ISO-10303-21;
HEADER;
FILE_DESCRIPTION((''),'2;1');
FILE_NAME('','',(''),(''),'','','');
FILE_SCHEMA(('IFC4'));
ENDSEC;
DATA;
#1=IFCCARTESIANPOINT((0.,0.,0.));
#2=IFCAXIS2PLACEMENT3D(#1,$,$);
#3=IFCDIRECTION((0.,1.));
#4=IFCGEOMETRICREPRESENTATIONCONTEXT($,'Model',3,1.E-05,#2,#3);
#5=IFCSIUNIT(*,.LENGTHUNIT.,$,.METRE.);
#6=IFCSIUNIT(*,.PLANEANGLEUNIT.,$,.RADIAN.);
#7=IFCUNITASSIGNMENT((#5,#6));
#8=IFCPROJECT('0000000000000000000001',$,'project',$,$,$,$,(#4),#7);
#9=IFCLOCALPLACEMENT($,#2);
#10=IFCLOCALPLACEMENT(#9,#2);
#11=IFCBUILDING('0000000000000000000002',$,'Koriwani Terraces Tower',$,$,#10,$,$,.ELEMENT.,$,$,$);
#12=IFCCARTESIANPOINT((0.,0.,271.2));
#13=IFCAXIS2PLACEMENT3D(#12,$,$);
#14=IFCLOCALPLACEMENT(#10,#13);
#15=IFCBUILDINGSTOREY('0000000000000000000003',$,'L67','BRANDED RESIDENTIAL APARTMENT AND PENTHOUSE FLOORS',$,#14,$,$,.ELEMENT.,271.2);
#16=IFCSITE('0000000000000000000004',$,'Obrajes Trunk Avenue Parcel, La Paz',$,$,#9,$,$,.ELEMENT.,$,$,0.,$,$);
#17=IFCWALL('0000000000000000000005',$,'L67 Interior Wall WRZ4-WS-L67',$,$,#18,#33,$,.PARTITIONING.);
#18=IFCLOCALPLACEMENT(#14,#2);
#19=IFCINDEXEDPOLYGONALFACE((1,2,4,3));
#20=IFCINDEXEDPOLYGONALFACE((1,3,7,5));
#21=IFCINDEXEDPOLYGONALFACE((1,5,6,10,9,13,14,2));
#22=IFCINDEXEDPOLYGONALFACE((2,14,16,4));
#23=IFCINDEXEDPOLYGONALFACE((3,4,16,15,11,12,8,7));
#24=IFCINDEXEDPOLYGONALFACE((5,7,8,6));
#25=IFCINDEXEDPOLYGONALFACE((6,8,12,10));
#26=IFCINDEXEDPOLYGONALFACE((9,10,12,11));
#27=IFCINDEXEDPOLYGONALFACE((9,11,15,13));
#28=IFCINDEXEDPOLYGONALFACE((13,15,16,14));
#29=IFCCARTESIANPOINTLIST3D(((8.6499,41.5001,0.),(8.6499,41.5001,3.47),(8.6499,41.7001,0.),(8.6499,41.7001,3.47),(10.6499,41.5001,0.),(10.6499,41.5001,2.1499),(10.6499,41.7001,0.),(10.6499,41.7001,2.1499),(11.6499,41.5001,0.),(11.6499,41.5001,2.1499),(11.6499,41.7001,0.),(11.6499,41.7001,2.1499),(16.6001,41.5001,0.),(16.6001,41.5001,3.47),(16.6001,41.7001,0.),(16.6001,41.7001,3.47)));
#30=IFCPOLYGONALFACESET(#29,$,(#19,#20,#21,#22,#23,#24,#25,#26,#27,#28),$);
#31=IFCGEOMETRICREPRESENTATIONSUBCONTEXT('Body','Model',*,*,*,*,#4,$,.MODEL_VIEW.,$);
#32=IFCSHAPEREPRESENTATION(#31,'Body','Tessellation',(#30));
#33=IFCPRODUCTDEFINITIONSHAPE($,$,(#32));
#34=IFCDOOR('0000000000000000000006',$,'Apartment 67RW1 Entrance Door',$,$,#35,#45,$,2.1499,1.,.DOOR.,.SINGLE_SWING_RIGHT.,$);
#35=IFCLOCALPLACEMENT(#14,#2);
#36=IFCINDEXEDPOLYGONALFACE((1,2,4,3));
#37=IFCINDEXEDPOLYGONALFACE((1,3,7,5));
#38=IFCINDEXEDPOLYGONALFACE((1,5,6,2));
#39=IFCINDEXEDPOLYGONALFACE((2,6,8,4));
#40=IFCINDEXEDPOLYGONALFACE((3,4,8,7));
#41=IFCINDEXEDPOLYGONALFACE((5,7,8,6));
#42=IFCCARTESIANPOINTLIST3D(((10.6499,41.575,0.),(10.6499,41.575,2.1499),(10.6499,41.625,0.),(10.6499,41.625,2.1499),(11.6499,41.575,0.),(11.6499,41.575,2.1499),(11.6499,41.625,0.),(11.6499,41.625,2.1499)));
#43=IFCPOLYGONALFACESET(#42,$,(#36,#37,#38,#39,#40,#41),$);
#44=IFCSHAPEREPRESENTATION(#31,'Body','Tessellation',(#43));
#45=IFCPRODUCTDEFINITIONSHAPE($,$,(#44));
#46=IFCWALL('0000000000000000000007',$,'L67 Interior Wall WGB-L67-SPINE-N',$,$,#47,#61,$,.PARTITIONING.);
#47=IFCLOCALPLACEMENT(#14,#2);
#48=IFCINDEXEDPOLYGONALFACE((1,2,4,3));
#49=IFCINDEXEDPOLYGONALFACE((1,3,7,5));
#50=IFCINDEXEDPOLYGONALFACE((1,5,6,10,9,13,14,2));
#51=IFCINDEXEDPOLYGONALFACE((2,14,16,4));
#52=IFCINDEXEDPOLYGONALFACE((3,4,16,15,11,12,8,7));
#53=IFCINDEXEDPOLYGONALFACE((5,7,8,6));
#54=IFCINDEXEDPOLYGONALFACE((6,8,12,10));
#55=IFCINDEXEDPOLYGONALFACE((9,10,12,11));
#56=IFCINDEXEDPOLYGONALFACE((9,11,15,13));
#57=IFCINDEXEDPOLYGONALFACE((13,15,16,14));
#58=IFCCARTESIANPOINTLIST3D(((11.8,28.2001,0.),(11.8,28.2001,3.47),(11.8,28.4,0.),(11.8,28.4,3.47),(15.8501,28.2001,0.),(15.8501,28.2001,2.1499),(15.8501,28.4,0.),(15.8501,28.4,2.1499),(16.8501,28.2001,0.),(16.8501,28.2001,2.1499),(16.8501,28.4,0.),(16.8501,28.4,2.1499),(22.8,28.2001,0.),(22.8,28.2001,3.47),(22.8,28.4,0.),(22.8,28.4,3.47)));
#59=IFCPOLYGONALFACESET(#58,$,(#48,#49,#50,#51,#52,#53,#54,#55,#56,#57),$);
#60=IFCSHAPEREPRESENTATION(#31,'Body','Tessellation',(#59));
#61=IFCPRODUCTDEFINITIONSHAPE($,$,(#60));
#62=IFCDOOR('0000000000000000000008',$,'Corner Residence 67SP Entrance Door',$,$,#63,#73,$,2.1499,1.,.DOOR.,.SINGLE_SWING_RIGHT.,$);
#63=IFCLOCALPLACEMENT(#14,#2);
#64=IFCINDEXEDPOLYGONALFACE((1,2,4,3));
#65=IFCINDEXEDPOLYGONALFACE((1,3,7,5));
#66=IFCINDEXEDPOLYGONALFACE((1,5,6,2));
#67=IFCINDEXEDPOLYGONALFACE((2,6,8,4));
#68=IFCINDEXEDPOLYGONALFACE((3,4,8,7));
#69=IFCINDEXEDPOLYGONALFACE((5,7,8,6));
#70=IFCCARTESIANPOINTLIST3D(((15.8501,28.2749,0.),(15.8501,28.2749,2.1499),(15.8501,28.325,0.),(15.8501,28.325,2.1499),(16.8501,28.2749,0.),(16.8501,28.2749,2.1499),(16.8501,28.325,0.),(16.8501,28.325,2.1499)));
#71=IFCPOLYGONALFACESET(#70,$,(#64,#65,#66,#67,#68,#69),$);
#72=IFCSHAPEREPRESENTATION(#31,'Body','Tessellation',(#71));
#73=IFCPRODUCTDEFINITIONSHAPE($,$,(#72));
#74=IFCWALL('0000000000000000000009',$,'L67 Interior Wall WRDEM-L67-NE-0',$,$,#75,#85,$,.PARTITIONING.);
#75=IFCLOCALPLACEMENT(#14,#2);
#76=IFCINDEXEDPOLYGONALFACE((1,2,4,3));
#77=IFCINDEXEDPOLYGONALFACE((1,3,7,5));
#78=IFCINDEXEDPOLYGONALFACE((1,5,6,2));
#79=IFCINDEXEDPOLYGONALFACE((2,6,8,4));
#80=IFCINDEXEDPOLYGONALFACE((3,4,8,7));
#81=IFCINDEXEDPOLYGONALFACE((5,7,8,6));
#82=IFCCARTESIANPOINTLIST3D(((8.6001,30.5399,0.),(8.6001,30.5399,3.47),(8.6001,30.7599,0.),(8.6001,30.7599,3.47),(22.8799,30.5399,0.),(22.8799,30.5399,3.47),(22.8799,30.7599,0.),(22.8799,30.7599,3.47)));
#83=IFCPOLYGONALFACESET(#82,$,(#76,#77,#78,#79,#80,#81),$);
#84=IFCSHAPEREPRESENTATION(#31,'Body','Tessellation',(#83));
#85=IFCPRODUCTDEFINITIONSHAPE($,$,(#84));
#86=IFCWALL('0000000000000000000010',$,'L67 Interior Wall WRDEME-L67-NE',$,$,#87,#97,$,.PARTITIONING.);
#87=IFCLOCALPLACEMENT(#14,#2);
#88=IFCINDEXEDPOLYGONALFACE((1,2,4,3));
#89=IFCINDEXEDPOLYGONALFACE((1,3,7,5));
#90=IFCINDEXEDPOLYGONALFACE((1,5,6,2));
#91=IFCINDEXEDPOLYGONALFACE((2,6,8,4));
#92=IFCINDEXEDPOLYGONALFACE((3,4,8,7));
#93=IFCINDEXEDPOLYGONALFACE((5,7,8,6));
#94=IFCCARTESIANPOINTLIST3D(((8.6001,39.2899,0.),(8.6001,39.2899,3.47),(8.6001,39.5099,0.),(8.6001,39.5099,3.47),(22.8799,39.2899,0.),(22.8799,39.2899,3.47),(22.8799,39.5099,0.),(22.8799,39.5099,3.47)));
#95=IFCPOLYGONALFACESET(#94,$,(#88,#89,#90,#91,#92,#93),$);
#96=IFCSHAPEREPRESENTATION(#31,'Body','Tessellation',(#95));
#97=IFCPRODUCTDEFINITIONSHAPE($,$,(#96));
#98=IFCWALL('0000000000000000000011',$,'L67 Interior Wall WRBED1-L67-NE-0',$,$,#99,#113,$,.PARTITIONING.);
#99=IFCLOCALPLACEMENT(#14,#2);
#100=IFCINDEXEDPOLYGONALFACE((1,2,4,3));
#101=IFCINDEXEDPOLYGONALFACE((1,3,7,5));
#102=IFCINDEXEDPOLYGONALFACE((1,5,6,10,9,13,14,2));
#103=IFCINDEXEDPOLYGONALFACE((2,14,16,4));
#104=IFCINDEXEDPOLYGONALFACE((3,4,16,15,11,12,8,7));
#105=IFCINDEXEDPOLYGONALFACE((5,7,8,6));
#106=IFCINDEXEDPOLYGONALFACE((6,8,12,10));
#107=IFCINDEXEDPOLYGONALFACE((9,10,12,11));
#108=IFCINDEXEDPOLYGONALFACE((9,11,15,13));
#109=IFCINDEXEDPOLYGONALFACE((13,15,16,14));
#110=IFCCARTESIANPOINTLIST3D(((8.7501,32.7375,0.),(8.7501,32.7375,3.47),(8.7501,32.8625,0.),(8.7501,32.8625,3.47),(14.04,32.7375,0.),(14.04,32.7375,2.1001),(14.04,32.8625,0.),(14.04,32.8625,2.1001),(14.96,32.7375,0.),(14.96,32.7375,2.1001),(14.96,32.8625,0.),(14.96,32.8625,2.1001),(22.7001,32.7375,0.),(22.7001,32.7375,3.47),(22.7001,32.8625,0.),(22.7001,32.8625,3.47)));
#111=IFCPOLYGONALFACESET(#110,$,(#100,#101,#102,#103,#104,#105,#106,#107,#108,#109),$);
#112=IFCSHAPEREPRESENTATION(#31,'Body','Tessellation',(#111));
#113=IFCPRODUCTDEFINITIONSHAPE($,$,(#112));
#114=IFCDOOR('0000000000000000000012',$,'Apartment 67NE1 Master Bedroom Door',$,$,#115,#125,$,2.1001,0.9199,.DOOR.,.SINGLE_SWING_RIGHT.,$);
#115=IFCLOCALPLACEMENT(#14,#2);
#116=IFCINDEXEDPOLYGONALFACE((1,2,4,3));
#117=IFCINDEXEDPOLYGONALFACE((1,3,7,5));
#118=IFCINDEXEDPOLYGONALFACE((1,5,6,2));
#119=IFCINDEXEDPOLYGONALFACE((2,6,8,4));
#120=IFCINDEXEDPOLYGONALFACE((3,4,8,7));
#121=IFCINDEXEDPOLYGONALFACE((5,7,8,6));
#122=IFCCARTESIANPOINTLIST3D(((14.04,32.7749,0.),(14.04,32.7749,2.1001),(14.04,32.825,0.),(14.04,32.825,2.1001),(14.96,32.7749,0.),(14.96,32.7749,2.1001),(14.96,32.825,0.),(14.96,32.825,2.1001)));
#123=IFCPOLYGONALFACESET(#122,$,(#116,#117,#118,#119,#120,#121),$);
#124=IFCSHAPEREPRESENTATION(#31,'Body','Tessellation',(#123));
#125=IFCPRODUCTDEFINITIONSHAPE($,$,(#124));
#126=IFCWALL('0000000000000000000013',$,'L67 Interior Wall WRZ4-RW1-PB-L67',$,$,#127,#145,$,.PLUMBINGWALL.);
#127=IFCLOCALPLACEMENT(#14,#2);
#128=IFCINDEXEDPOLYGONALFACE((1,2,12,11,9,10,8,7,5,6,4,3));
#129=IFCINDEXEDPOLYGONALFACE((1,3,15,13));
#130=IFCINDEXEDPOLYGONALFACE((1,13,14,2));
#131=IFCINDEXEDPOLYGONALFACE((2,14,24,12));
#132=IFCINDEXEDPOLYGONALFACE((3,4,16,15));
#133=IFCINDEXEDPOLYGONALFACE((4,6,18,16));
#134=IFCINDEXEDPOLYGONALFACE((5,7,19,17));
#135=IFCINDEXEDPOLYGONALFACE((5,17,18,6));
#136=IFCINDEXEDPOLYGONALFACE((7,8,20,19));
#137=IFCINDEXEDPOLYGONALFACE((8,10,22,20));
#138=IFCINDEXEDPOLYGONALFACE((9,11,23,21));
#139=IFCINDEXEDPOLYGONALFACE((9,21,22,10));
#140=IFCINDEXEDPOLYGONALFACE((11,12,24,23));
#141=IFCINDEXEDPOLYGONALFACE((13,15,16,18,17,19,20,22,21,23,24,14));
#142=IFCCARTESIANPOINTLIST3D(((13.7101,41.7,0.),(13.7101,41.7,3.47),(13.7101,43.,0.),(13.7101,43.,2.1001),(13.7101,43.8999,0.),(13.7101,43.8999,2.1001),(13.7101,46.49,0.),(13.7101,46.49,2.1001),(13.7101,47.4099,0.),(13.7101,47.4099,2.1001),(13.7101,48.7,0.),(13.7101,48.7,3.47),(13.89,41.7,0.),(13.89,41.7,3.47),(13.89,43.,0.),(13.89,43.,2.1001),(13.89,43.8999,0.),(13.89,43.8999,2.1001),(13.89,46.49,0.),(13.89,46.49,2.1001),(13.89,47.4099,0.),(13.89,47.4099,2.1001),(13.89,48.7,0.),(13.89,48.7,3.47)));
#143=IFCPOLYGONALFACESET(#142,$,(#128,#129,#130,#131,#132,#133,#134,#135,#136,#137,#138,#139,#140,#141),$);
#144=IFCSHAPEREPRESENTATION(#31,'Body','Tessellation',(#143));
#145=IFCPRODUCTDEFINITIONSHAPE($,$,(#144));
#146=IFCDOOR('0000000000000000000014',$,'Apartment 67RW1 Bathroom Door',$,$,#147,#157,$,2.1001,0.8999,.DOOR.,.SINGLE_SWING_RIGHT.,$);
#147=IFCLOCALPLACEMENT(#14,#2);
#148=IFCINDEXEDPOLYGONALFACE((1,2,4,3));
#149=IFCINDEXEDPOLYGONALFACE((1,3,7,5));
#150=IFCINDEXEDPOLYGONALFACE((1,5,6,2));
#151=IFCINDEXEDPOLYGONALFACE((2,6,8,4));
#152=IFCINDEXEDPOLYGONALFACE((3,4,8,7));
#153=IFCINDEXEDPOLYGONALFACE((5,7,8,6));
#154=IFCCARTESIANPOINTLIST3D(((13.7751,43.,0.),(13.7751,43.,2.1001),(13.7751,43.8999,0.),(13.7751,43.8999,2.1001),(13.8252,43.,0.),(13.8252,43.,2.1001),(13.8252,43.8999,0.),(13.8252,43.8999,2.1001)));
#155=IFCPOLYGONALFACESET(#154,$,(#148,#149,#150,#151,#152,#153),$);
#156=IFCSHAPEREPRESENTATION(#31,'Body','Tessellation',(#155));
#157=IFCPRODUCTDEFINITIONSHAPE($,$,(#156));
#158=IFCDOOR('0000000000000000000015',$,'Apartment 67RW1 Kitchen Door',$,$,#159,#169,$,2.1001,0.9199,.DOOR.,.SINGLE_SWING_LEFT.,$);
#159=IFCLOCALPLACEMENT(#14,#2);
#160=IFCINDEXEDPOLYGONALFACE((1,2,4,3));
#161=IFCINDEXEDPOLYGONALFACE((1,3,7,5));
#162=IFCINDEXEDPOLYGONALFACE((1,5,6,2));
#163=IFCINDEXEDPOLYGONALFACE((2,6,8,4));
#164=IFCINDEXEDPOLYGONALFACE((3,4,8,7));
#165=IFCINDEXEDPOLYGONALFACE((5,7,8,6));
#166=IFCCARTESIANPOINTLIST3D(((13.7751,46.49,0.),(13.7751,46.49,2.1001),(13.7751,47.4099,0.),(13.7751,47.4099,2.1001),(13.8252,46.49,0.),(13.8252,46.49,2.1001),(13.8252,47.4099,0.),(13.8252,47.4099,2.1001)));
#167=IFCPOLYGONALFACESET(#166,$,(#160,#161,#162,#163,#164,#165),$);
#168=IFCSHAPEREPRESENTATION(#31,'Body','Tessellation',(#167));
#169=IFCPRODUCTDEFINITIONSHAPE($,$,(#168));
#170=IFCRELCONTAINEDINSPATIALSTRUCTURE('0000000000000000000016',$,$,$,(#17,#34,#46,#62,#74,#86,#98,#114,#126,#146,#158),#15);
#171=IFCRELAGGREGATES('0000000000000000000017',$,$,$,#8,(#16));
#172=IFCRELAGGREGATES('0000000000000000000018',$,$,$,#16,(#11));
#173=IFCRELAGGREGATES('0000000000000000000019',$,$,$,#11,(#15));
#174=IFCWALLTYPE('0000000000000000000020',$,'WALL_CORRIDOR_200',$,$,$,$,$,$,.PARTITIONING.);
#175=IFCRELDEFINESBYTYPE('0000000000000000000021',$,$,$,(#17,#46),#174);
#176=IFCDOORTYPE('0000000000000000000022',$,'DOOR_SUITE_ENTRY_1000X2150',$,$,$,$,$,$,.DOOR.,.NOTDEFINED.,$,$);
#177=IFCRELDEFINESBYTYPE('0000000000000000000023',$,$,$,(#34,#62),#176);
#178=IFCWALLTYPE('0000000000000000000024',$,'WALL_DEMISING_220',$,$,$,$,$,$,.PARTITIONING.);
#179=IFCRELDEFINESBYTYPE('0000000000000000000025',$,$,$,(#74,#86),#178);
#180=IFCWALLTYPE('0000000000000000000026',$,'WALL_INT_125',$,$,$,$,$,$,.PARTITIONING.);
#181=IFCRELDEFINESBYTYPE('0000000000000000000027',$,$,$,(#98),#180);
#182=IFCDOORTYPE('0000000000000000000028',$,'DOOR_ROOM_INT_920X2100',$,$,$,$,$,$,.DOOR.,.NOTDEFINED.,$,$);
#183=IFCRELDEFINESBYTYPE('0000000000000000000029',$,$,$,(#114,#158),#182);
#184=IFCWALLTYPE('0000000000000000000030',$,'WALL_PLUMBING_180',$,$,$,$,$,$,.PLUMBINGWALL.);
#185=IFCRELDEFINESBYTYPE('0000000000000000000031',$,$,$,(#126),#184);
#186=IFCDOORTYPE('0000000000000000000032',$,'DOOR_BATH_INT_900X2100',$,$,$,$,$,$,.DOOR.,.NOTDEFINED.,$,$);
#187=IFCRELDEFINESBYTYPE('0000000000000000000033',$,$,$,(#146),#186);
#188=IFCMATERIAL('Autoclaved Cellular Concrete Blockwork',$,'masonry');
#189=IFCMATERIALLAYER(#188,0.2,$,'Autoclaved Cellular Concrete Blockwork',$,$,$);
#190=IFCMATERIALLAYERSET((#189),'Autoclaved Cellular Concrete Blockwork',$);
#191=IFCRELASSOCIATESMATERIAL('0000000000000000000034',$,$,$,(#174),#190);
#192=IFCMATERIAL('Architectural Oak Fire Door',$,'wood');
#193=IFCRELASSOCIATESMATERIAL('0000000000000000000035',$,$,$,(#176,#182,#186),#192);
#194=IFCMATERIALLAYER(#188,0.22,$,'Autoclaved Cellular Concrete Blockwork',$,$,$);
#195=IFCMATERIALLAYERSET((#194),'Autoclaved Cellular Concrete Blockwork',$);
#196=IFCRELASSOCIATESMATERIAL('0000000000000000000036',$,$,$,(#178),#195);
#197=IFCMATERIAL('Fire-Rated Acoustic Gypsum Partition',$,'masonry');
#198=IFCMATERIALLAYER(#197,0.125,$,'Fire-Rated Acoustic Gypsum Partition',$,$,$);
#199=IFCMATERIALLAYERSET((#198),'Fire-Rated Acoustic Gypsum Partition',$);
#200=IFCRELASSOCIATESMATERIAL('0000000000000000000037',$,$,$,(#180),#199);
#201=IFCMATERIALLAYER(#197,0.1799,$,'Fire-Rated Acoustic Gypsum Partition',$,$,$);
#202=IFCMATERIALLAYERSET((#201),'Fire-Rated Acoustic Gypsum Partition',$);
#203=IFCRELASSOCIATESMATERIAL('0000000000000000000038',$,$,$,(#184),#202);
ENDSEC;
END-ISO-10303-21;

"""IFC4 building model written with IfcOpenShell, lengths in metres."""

from ifc_helpers import new_model, si_unit, direction, frame, frame_2d, origin, place, context, subcontext, project, spatial, rectangle, extrude, material, layer, layer_set, type_object, element, fill, save


model = new_model("IFC4")

# Units and contexts
model_context = context("Model", 3, precision=1e-05, world=origin(), true_north=direction((0.0, 1.0)))
body_context = subcontext(model_context, "Body", "Model", "MODEL_VIEW")
ifc_project = project(units=[si_unit("LENGTHUNIT", "METRE"), si_unit("PLANEANGLEUNIT", "RADIAN")], contexts=[model_context])

# Site, building, storey
site_placement = place(None, origin())
site = spatial("IfcSite", under=ifc_project, at=site_placement, Name="Obrajes Trunk Avenue Parcel, La Paz", CompositionType="ELEMENT", RefElevation=0.0)
building_placement = place(site_placement, origin())
building = spatial("IfcBuilding", under=site, at=building_placement, Name="Koriwani Terraces Tower", CompositionType="ELEMENT")
storey_placement = place(building_placement, frame((0.0, 0.0, 271.2)))
storey = spatial("IfcBuildingStorey", under=building, at=storey_placement, Name="L67", Description="BRANDED RESIDENTIAL APARTMENT AND PENTHOUSE FLOORS", CompositionType="ELEMENT", Elevation=271.2)

# Walls, openings, doors
ifc_material_1 = material(Name="Autoclaved Cellular Concrete Blockwork", Category="masonry")
ifc_layer_1 = layer(ifc_material_1, 0.2, Name="Autoclaved Cellular Concrete Blockwork")
ifc_layer_set_1 = layer_set([ifc_layer_1], Name="Autoclaved Cellular Concrete Blockwork")
wall_type_1 = type_object("IfcWallType", Name="WALL_CORRIDOR_200", PredefinedType="PARTITIONING", material=ifc_layer_set_1)
wall_1_placement = place(storey_placement, frame((8.6499, 41.6001, 0.0), z_axis=(0.0, 0.0, 1.0), x_axis=(1.0, 0.0, 0.0)))
wall_1 = element("IfcWall", 1, at=wall_1_placement, inside=storey, type_object=wall_type_1, Name="L67 Interior Wall WRZ4-WS-L67", PredefinedType="PARTITIONING", context=body_context, shape_type="SweptSolid", body=[
    extrude(rectangle(XDim=7.9502, YDim=0.2, at=frame_2d((3.9751, 0.0))), origin(), (0.0, 0.0, 1.0), 3.47),
])
opening_1_placement = place(wall_1_placement, frame((2.0, 0.0, 0.0)))
opening_1 = element("IfcOpeningElement", 2, at=opening_1_placement, cuts=wall_1, PredefinedType="OPENING", context=body_context, shape_type="SweptSolid", body=[
    extrude(rectangle(XDim=1.0, YDim=2.1499, at=frame_2d((0.5, 1.075))), frame((0.0, 0.1099, 0.0), z_axis=(0.0, -1.0, 0.0), x_axis=(1.0, 0.0, 0.0)), (0.0, 0.0, 1.0), 0.22),
])
ifc_material_2 = material(Name="Architectural Oak Fire Door", Category="wood")
door_type_1 = type_object("IfcDoorType", Name="DOOR_SUITE_ENTRY_1000X2150", OperationType="NOTDEFINED", PredefinedType="DOOR", material=ifc_material_2)
door_1_placement = place(opening_1_placement, origin())
door_1 = element("IfcDoor", 3, at=door_1_placement, inside=storey, type_object=door_type_1, Name="Apartment 67RW1 Entrance Door", OperationType="SINGLE_SWING_RIGHT", OverallHeight=2.1499, OverallWidth=1.0, PredefinedType="DOOR", context=body_context, shape_type="SweptSolid", body=[
    extrude(rectangle(XDim=1.0, YDim=2.1499, at=frame_2d((0.5, 1.075))), frame((0.0, 0.0249, 0.0), z_axis=(0.0, -1.0, 0.0), x_axis=(1.0, 0.0, 0.0)), (0.0, 0.0, 1.0), 0.05),
])
fill(opening_1, door_1)
wall_2_placement = place(storey_placement, frame((11.8, 28.3, 0.0), z_axis=(0.0, 0.0, 1.0), x_axis=(1.0, 0.0, 0.0)))
wall_2 = element("IfcWall", 4, at=wall_2_placement, inside=storey, type_object=wall_type_1, Name="L67 Interior Wall WGB-L67-SPINE-N", PredefinedType="PARTITIONING", context=body_context, shape_type="SweptSolid", body=[
    extrude(rectangle(XDim=11.0, YDim=0.2, at=frame_2d((5.5, 0.0))), origin(), (0.0, 0.0, 1.0), 3.47),
])
opening_2_placement = place(wall_2_placement, frame((4.05, 0.0, 0.0)))
opening_2 = element("IfcOpeningElement", 5, at=opening_2_placement, cuts=wall_2, PredefinedType="OPENING", context=body_context, shape_type="SweptSolid", body=[
    extrude(rectangle(XDim=1.0, YDim=2.1499, at=frame_2d((0.5, 1.075))), frame((0.0, 0.1099, 0.0), z_axis=(0.0, -1.0, 0.0), x_axis=(1.0, 0.0, 0.0)), (0.0, 0.0, 1.0), 0.22),
])
door_2_placement = place(opening_2_placement, origin())
door_2 = element("IfcDoor", 6, at=door_2_placement, inside=storey, type_object=door_type_1, Name="Corner Residence 67SP Entrance Door", OperationType="SINGLE_SWING_RIGHT", OverallHeight=2.1499, OverallWidth=1.0, PredefinedType="DOOR", context=body_context, shape_type="SweptSolid", body=[
    extrude(rectangle(XDim=1.0, YDim=2.1499, at=frame_2d((0.5, 1.075))), frame((0.0, 0.0249, 0.0), z_axis=(0.0, -1.0, 0.0), x_axis=(1.0, 0.0, 0.0)), (0.0, 0.0, 1.0), 0.05),
])
fill(opening_2, door_2)

# Walls
ifc_layer_2 = layer(ifc_material_1, 0.22, Name="Autoclaved Cellular Concrete Blockwork")
ifc_layer_set_2 = layer_set([ifc_layer_2], Name="Autoclaved Cellular Concrete Blockwork")
wall_type_2 = type_object("IfcWallType", Name="WALL_DEMISING_220", PredefinedType="PARTITIONING", material=ifc_layer_set_2)
for number, where, z_axis, x_axis, name in (
    (7, (8.6001, 30.6499, 0.0), (0.0, 0.0, 1.0), (1.0, 0.0, 0.0), "L67 Interior Wall WRDEM-L67-NE-0"),
    (8, (8.6001, 39.3999, 0.0), (0.0, 0.0, 1.0), (1.0, 0.0, 0.0), "L67 Interior Wall WRDEME-L67-NE"),
):
    element("IfcWall", number, at=place(storey_placement, frame(where, z_axis=z_axis, x_axis=x_axis)), inside=storey, type_object=wall_type_2, Name=name, PredefinedType="PARTITIONING", context=body_context, shape_type="SweptSolid", body=[
        extrude(rectangle(XDim=14.2798, YDim=0.22, at=frame_2d((7.1399, 0.0))), origin(), (0.0, 0.0, 1.0), 3.47),
    ])

# Wall, opening, door
ifc_material_3 = material(Name="Fire-Rated Acoustic Gypsum Partition", Category="masonry")
ifc_layer_3 = layer(ifc_material_3, 0.125, Name="Fire-Rated Acoustic Gypsum Partition")
ifc_layer_set_3 = layer_set([ifc_layer_3], Name="Fire-Rated Acoustic Gypsum Partition")
wall_type_3 = type_object("IfcWallType", Name="WALL_INT_125", PredefinedType="PARTITIONING", material=ifc_layer_set_3)
wall_3_placement = place(storey_placement, frame((8.75, 32.8, 0.0), z_axis=(0.0, 0.0, 1.0), x_axis=(1.0, 0.0, 0.0)))
wall_3 = element("IfcWall", 9, at=wall_3_placement, inside=storey, type_object=wall_type_3, Name="L67 Interior Wall WRBED1-L67-NE-0", PredefinedType="PARTITIONING", context=body_context, shape_type="SweptSolid", body=[
    extrude(rectangle(XDim=13.95, YDim=0.125, at=frame_2d((6.9751, 0.0))), origin(), (0.0, 0.0, 1.0), 3.47),
])
opening_3_placement = place(wall_3_placement, frame((5.29, 0.0, 0.0)))
opening_3 = element("IfcOpeningElement", 10, at=opening_3_placement, cuts=wall_3, PredefinedType="OPENING", context=body_context, shape_type="SweptSolid", body=[
    extrude(rectangle(XDim=0.9199, YDim=2.1001, at=frame_2d((0.46, 1.05))), frame((0.0, 0.0725, 0.0), z_axis=(0.0, -1.0, 0.0), x_axis=(1.0, 0.0, 0.0)), (0.0, 0.0, 1.0), 0.145),
])
door_type_2 = type_object("IfcDoorType", Name="DOOR_ROOM_INT_920X2100", OperationType="NOTDEFINED", PredefinedType="DOOR", material=ifc_material_2)
door_3_placement = place(opening_3_placement, origin())
door_3 = element("IfcDoor", 11, at=door_3_placement, inside=storey, type_object=door_type_2, Name="Apartment 67NE1 Master Bedroom Door", OperationType="SINGLE_SWING_RIGHT", OverallHeight=2.1001, OverallWidth=0.9199, PredefinedType="DOOR", context=body_context, shape_type="SweptSolid", body=[
    extrude(rectangle(XDim=0.9199, YDim=2.1001, at=frame_2d((0.46, 1.05))), frame((0.0, 0.0249, 0.0), z_axis=(0.0, -1.0, 0.0), x_axis=(1.0, 0.0, 0.0)), (0.0, 0.0, 1.0), 0.05),
])
fill(opening_3, door_3)

# Wall, openings, doors
ifc_layer_4 = layer(ifc_material_3, 0.1799, Name="Fire-Rated Acoustic Gypsum Partition")
ifc_layer_set_4 = layer_set([ifc_layer_4], Name="Fire-Rated Acoustic Gypsum Partition")
wall_type_4 = type_object("IfcWallType", Name="WALL_PLUMBING_180", PredefinedType="PLUMBINGWALL", material=ifc_layer_set_4)
wall_4_placement = place(storey_placement, frame((13.8, 41.7, 0.0), z_axis=(0.0, 0.0, 1.0), x_axis=(0.0, 1.0, 0.0)))
wall_4 = element("IfcWall", 12, at=wall_4_placement, inside=storey, type_object=wall_type_4, Name="L67 Interior Wall WRZ4-RW1-PB-L67", PredefinedType="PLUMBINGWALL", context=body_context, shape_type="SweptSolid", body=[
    extrude(rectangle(XDim=7.0, YDim=0.1799, at=frame_2d((3.5, 0.0))), origin(), (0.0, 0.0, 1.0), 3.47),
])
opening_4_placement = place(wall_4_placement, frame((1.3, 0.0, 0.0)))
opening_4 = element("IfcOpeningElement", 13, at=opening_4_placement, cuts=wall_4, PredefinedType="OPENING", context=body_context, shape_type="SweptSolid", body=[
    extrude(rectangle(XDim=0.8999, YDim=2.1001, at=frame_2d((0.45, 1.05))), frame((0.0, 0.1001, 0.0), z_axis=(0.0, -1.0, 0.0), x_axis=(1.0, 0.0, 0.0)), (0.0, 0.0, 1.0), 0.2),
])
opening_5_placement = place(wall_4_placement, frame((4.79, 0.0, 0.0)))
opening_5 = element("IfcOpeningElement", 14, at=opening_5_placement, cuts=wall_4, PredefinedType="OPENING", context=body_context, shape_type="SweptSolid", body=[
    extrude(rectangle(XDim=0.9199, YDim=2.1001, at=frame_2d((0.46, 1.05))), frame((0.0, 0.1001, 0.0), z_axis=(0.0, -1.0, 0.0), x_axis=(1.0, 0.0, 0.0)), (0.0, 0.0, 1.0), 0.2),
])
door_type_3 = type_object("IfcDoorType", Name="DOOR_BATH_INT_900X2100", OperationType="NOTDEFINED", PredefinedType="DOOR", material=ifc_material_2)
door_4_placement = place(opening_4_placement, origin())
door_4 = element("IfcDoor", 15, at=door_4_placement, inside=storey, type_object=door_type_3, Name="Apartment 67RW1 Bathroom Door", OperationType="SINGLE_SWING_RIGHT", OverallHeight=2.1001, OverallWidth=0.8999, PredefinedType="DOOR", context=body_context, shape_type="SweptSolid", body=[
    extrude(rectangle(XDim=0.8999, YDim=2.1001, at=frame_2d((0.45, 1.05))), frame((0.0, 0.0249, 0.0), z_axis=(0.0, -1.0, 0.0), x_axis=(1.0, 0.0, 0.0)), (0.0, 0.0, 1.0), 0.05),
])
fill(opening_4, door_4)
door_5_placement = place(opening_5_placement, origin())
door_5 = element("IfcDoor", 16, at=door_5_placement, inside=storey, type_object=door_type_2, Name="Apartment 67RW1 Kitchen Door", OperationType="SINGLE_SWING_LEFT", OverallHeight=2.1001, OverallWidth=0.9199, PredefinedType="DOOR", context=body_context, shape_type="SweptSolid", body=[
    extrude(rectangle(XDim=0.9199, YDim=2.1001, at=frame_2d((0.46, 1.05))), frame((0.0, 0.0249, 0.0), z_axis=(0.0, -1.0, 0.0), x_axis=(1.0, 0.0, 0.0)), (0.0, 0.0, 1.0), 0.05),
])
fill(opening_5, door_5)

save(model, "model.ifc")
